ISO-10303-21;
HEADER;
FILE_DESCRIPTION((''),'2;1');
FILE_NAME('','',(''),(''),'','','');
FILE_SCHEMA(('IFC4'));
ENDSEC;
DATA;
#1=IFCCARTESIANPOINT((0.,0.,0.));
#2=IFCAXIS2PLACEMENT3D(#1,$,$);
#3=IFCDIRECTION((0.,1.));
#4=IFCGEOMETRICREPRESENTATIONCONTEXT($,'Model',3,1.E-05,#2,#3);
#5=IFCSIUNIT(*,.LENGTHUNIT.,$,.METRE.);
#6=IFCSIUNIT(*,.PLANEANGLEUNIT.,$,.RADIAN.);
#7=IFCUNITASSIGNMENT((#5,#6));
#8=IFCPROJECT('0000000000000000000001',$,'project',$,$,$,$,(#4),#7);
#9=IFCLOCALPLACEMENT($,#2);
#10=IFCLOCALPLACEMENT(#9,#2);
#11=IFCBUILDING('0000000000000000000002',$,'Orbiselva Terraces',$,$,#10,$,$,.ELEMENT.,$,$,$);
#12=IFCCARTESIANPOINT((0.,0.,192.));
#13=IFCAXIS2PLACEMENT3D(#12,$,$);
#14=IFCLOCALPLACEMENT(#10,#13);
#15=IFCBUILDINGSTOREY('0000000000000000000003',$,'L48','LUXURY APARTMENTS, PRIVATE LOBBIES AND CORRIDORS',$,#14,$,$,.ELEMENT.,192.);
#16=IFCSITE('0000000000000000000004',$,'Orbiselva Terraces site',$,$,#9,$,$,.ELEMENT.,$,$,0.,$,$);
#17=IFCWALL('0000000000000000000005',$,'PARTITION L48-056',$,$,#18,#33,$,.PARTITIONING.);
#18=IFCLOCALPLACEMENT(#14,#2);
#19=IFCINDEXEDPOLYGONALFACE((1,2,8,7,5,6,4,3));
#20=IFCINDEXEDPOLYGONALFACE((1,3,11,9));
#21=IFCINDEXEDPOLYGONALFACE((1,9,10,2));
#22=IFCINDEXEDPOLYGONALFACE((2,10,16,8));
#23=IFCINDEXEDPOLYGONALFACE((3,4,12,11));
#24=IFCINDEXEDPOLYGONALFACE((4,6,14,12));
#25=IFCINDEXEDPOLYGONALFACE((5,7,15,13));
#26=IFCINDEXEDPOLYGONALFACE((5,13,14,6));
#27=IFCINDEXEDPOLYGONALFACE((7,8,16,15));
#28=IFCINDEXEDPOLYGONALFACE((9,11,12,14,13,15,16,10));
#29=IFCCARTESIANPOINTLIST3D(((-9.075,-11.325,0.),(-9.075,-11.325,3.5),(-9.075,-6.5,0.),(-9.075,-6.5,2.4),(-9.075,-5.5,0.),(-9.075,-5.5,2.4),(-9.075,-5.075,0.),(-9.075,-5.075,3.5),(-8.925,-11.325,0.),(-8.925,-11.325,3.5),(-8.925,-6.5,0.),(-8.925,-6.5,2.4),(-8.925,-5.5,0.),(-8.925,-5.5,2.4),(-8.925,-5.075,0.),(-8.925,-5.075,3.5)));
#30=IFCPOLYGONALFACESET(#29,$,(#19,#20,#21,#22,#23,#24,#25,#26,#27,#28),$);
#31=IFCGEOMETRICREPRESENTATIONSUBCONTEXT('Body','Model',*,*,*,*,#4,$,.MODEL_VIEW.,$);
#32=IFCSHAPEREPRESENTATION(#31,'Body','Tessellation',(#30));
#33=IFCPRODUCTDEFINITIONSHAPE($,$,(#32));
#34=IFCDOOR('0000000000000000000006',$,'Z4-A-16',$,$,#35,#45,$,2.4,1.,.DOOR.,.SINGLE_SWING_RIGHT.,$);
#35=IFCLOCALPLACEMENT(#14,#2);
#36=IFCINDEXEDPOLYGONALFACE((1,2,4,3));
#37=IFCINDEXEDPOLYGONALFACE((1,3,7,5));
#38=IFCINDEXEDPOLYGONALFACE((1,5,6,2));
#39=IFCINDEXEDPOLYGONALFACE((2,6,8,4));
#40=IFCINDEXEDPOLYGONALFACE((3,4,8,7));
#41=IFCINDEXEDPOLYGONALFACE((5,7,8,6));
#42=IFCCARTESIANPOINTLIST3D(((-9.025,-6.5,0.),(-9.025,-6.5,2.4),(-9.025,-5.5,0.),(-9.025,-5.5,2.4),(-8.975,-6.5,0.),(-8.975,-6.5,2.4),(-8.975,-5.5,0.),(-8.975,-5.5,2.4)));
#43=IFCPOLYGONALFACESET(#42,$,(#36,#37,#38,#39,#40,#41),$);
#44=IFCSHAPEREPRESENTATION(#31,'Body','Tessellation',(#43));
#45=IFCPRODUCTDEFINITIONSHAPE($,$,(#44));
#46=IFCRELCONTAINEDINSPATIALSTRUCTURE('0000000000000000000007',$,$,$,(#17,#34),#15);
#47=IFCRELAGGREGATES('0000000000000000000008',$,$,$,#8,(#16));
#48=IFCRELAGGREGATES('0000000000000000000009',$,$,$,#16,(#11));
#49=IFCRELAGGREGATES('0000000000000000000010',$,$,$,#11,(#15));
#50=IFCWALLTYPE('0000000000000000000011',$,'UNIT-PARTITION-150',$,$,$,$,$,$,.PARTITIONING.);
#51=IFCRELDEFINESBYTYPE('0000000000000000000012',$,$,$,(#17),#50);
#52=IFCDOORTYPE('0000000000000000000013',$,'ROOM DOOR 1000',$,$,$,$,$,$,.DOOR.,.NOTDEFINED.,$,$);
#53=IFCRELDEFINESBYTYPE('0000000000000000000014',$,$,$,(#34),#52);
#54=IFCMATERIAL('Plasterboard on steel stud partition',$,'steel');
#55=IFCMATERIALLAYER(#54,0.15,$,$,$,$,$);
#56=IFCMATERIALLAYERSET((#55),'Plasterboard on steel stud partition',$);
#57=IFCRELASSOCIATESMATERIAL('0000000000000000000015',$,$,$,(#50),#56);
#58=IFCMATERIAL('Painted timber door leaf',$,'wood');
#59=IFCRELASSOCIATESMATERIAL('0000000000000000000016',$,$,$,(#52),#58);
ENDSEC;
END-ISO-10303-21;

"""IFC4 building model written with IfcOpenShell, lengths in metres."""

from ifc_helpers import new_model, si_unit, direction, frame, frame_2d, origin, place, context, subcontext, project, spatial, rectangle, extrude, material, layer, layer_set, type_object, element, fill, save


model = new_model("IFC4")

# Units and contexts
model_context = context("Model", 3, precision=1e-05, world=origin(), true_north=direction((0.0, 1.0)))
body_context = subcontext(model_context, "Body", "Model", "MODEL_VIEW")
ifc_project = project(units=[si_unit("LENGTHUNIT", "METRE"), si_unit("PLANEANGLEUNIT", "RADIAN")], contexts=[model_context])

# Site, building, storey
site_placement = place(None, origin())
site = spatial("IfcSite", under=ifc_project, at=site_placement, Name="Orbiselva Terraces site", CompositionType="ELEMENT", RefElevation=0.0)
building_placement = place(site_placement, origin())
building = spatial("IfcBuilding", under=site, at=building_placement, Name="Orbiselva Terraces", CompositionType="ELEMENT")
storey_placement = place(building_placement, frame((0.0, 0.0, 192.0)))
storey = spatial("IfcBuildingStorey", under=building, at=storey_placement, Name="L48", Description="LUXURY APARTMENTS, PRIVATE LOBBIES AND CORRIDORS", CompositionType="ELEMENT", Elevation=192.0)

# Shared definitions
ifc_material_1 = material(Name="Plasterboard on steel stud partition", Category="steel")
ifc_material_2 = material(Name="Painted timber door leaf", Category="wood")
ifc_layer_1 = layer(ifc_material_1, 0.15)
ifc_layer_set_1 = layer_set([ifc_layer_1], Name="Plasterboard on steel stud partition")
wall_type_1 = type_object("IfcWallType", Name="UNIT-PARTITION-150", PredefinedType="PARTITIONING", material=ifc_layer_set_1)

# Wall, opening, door
wall_1_placement = place(storey_placement, frame((-9.0, -11.325, 0.0), z_axis=(0.0, 0.0, 1.0), x_axis=(0.0, 1.0, 0.0)))
wall_1 = element("IfcWall", 1, at=wall_1_placement, inside=storey, type_object=wall_type_1, Name="PARTITION L48-056", PredefinedType="PARTITIONING", context=body_context, shape_type="SweptSolid", body=[
    extrude(rectangle(XDim=6.25, YDim=0.15, at=frame_2d((3.125, 0.0))), origin(), (0.0, 0.0, 1.0), 3.5),
])
opening_1_placement = place(wall_1_placement, frame((4.825, 0.0, 0.0)))
opening_1 = element("IfcOpeningElement", 2, at=opening_1_placement, cuts=wall_1, PredefinedType="OPENING", context=body_context, shape_type="SweptSolid", body=[
    extrude(rectangle(XDim=1.0, YDim=2.4, at=frame_2d((0.5, 1.2))), frame((0.0, 0.085, 0.0), z_axis=(0.0, -1.0, 0.0), x_axis=(1.0, 0.0, 0.0)), (0.0, 0.0, 1.0), 0.17),
])
door_type_1 = type_object("IfcDoorType", Name="ROOM DOOR 1000", OperationType="NOTDEFINED", PredefinedType="DOOR", material=ifc_material_2)
door_1_placement = place(opening_1_placement, origin())
door_1 = element("IfcDoor", 3, at=door_1_placement, inside=storey, type_object=door_type_1, Name="Z4-A-16", OperationType="SINGLE_SWING_RIGHT", OverallHeight=2.4, OverallWidth=1.0, PredefinedType="DOOR", context=body_context, shape_type="SweptSolid", body=[
    extrude(rectangle(XDim=1.0, YDim=2.4, at=frame_2d((0.5, 1.2))), frame((0.0, 0.025, 0.0), z_axis=(0.0, -1.0, 0.0), x_axis=(1.0, 0.0, 0.0)), (0.0, 0.0, 1.0), 0.05),
])
fill(opening_1, door_1)

save(model, "model.ifc")
